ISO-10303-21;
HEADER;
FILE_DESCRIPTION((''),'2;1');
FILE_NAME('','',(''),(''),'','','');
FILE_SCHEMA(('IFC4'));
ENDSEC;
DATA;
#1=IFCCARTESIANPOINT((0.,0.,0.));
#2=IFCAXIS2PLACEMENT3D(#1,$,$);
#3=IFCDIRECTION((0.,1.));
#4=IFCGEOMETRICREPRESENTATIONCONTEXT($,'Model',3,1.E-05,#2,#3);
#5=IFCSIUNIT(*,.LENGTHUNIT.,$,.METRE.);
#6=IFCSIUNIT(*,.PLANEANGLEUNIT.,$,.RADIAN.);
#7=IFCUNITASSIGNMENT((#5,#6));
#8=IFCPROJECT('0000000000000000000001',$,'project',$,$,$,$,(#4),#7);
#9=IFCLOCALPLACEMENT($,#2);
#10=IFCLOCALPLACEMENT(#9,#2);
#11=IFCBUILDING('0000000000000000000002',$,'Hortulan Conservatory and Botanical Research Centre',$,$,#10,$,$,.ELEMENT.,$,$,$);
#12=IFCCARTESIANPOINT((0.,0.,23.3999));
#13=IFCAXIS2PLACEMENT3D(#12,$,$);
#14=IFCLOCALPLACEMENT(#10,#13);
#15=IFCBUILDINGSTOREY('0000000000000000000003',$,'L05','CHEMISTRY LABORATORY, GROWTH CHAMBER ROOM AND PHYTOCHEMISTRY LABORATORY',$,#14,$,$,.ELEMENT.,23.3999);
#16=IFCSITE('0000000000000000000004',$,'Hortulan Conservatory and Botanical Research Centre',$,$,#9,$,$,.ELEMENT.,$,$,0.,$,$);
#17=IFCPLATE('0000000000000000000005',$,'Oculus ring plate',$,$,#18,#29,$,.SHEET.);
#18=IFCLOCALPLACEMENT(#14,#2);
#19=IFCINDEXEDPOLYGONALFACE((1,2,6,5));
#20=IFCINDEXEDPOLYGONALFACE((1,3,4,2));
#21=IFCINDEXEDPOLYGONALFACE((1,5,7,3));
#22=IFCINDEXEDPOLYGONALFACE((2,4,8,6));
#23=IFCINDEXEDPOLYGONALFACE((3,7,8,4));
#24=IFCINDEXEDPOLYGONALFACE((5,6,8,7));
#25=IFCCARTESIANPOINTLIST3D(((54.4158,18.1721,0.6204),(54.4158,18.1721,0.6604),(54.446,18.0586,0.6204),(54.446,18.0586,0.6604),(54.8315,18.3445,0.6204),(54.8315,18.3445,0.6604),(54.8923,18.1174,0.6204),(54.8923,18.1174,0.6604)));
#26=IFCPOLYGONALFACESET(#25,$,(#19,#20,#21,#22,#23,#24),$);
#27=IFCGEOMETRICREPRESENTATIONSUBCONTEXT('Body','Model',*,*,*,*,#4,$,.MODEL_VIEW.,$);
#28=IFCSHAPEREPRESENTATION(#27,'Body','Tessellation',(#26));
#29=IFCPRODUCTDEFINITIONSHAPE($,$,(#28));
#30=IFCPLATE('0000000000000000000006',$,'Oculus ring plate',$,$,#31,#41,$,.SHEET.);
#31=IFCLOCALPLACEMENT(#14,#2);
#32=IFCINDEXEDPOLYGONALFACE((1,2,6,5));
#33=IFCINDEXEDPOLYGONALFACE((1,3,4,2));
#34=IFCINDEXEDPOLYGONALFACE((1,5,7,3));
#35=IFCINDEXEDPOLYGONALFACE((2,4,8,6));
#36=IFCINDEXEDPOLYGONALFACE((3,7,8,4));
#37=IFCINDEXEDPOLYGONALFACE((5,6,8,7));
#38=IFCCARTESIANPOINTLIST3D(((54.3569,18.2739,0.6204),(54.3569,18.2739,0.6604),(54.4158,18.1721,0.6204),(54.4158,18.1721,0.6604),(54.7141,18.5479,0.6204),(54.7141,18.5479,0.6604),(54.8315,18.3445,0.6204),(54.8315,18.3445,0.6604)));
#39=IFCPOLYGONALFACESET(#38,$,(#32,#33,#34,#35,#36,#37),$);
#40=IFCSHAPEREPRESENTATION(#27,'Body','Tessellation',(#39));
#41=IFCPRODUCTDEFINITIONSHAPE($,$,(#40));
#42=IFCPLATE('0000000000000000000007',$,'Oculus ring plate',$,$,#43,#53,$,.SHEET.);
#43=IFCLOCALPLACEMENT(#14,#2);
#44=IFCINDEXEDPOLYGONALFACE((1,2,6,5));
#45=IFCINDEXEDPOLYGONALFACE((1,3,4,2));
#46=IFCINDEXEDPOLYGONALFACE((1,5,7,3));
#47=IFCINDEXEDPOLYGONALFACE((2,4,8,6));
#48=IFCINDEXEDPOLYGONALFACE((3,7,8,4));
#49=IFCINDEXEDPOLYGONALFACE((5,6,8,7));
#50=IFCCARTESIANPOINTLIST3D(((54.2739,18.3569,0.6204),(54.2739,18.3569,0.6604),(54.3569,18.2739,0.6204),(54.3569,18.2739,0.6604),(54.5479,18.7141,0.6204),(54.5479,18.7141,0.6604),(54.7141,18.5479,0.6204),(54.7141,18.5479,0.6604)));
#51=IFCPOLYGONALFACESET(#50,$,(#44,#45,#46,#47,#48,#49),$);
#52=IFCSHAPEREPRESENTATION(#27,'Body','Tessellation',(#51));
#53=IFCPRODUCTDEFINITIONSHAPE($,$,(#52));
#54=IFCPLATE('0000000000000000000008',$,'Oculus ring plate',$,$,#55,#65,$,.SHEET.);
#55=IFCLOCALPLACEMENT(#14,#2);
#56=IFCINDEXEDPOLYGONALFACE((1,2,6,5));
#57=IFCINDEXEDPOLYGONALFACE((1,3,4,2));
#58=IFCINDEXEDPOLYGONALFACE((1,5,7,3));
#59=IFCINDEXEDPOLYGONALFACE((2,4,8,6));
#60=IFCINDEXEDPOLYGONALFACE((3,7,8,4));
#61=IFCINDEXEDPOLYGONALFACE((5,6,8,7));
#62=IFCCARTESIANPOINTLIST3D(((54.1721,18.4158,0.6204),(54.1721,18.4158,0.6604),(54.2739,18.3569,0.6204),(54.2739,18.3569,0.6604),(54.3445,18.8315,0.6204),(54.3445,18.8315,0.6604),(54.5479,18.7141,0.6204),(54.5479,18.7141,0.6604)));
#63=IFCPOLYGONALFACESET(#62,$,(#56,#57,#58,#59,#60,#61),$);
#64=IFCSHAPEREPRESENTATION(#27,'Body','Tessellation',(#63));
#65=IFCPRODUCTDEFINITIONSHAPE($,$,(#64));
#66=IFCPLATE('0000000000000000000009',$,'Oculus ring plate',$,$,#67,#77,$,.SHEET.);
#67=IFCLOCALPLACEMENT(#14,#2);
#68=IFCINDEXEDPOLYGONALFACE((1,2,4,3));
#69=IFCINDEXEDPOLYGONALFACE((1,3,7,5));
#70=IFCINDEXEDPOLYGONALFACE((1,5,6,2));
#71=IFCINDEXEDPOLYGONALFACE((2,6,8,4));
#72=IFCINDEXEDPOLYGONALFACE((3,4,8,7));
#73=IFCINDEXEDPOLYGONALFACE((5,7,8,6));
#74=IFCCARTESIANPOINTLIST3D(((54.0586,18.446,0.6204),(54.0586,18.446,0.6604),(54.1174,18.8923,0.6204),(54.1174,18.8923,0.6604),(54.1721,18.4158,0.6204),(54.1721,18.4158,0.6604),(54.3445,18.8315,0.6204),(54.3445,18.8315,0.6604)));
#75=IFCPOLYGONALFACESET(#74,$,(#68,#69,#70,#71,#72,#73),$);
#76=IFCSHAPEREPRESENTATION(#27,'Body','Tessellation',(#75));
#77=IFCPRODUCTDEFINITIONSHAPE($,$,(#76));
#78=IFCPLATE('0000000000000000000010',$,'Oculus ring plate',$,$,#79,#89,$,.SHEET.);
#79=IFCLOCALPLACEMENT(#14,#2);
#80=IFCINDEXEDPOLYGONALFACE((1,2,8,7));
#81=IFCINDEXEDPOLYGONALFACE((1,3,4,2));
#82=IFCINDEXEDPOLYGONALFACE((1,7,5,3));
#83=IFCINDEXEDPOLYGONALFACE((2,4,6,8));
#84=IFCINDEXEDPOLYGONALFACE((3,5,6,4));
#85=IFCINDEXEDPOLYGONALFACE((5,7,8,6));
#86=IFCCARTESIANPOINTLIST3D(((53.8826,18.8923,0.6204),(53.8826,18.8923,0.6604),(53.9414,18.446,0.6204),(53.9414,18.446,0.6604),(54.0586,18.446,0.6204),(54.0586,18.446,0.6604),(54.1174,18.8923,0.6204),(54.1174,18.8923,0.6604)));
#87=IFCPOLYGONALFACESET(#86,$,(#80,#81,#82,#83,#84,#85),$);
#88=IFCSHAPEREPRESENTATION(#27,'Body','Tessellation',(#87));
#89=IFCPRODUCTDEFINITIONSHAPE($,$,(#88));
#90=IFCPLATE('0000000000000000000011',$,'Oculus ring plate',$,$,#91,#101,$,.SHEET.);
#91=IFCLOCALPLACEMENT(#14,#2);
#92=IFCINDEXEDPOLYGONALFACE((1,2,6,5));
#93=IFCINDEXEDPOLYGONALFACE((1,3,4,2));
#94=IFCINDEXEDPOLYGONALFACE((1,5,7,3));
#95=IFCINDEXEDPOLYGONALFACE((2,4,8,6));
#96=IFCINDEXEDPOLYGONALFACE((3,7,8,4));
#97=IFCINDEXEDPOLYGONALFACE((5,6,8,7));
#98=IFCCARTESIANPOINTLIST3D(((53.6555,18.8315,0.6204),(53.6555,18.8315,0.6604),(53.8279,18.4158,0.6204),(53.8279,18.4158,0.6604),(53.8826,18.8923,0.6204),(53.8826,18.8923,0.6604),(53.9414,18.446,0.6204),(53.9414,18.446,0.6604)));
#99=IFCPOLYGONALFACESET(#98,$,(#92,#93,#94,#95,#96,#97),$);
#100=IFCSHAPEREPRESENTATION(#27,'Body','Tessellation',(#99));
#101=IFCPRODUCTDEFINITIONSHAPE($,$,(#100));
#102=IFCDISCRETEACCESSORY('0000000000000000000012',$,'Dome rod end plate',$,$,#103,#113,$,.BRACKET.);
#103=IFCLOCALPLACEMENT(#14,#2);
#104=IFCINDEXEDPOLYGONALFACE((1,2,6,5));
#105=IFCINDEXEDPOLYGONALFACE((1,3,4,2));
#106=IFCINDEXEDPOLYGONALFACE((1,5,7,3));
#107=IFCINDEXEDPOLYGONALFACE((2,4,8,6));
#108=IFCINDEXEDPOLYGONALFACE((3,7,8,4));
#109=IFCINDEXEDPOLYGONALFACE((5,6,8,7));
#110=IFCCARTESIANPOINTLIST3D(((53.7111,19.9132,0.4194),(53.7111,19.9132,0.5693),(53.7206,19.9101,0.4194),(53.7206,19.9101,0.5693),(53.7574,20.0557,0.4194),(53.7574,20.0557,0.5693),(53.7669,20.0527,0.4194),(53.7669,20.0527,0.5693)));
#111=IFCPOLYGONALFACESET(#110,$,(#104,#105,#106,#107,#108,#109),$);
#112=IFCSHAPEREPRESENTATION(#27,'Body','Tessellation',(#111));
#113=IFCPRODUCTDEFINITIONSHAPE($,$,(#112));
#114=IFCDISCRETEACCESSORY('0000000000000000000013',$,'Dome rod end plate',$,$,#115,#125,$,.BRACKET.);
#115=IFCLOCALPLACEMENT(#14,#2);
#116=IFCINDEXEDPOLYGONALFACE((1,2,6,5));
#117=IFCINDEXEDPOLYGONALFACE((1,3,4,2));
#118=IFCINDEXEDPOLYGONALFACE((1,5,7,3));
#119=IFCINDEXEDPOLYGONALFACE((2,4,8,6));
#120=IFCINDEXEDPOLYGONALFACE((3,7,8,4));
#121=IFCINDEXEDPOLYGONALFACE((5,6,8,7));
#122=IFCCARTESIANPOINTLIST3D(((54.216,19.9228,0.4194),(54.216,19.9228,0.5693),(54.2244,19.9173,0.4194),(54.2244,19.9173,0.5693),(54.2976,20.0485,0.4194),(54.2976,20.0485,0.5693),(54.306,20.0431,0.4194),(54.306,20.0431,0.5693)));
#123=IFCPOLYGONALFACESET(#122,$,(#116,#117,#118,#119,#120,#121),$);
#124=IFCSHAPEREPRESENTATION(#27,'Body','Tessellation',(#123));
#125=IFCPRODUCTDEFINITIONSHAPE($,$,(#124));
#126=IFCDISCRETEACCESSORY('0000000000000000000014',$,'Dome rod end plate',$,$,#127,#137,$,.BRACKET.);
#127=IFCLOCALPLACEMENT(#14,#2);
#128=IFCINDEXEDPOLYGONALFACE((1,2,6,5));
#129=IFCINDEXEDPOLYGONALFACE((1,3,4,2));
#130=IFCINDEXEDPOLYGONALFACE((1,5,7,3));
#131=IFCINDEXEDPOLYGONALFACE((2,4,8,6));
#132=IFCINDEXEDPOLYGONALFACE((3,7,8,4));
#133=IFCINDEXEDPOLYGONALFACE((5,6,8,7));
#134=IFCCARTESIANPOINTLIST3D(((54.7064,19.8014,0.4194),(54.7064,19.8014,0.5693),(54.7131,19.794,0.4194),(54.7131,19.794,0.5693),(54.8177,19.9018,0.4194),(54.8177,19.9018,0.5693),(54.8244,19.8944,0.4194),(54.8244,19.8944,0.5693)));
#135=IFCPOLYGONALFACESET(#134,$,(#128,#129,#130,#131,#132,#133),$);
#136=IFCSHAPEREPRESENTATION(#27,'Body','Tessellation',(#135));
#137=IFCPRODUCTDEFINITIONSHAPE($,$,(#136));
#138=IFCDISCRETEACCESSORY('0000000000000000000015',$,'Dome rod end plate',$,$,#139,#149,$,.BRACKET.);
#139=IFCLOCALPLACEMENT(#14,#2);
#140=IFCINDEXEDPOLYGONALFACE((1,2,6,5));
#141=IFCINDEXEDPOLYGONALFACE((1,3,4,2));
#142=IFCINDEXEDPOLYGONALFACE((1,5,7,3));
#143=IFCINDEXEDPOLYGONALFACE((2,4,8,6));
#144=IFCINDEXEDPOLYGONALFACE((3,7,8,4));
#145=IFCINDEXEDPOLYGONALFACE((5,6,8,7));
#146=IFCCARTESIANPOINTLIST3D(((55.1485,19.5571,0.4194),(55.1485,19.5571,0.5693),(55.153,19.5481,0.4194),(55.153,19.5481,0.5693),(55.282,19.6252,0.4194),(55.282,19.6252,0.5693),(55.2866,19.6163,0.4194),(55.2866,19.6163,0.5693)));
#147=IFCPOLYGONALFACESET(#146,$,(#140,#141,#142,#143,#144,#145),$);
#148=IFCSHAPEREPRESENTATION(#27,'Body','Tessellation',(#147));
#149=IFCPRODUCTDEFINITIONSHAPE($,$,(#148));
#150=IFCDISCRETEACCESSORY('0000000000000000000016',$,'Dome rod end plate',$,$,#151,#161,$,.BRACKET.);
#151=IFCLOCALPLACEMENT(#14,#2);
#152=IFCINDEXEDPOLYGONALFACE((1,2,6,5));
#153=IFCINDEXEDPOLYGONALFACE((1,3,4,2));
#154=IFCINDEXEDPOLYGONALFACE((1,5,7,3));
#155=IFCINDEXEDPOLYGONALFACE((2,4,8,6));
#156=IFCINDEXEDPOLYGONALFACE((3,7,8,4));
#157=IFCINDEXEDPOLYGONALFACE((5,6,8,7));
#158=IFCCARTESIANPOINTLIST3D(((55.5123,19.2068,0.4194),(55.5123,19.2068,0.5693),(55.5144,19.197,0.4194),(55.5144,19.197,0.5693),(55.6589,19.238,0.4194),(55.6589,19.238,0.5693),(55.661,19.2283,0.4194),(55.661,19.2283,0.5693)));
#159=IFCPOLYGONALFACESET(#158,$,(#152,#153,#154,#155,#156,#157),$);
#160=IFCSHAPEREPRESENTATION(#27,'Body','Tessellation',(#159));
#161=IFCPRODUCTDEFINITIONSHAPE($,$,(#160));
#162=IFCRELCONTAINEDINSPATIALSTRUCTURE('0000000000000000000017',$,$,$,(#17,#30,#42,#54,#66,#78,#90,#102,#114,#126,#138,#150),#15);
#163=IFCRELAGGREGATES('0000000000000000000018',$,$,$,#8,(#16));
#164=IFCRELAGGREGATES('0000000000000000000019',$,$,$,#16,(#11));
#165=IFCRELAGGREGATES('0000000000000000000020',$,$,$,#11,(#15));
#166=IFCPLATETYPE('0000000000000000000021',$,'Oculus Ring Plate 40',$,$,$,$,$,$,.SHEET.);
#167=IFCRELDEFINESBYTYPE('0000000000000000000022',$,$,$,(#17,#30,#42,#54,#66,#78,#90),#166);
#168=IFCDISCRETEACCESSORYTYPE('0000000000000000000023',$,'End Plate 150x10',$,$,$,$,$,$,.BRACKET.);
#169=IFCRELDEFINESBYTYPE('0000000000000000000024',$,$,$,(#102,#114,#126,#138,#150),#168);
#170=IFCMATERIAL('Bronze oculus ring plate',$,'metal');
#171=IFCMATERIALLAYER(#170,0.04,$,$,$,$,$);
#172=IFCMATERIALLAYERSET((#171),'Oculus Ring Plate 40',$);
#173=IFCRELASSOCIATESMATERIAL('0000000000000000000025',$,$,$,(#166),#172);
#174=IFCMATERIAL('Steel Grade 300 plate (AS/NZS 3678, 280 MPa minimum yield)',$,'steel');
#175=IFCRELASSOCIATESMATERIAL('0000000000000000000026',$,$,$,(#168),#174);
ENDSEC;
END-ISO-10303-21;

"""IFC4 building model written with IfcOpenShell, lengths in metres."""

from ifc_helpers import new_model, si_unit, direction, frame, origin, origin_2d, place, context, subcontext, project, spatial, polyline, rectangle, outline, extrude, material, layer, layer_set, type_object, element, save


model = new_model("IFC4")

# Units and contexts
model_context = context("Model", 3, precision=1e-05, world=origin(), true_north=direction((0.0, 1.0)))
body_context = subcontext(model_context, "Body", "Model", "MODEL_VIEW")
ifc_project = project(units=[si_unit("LENGTHUNIT", "METRE"), si_unit("PLANEANGLEUNIT", "RADIAN")], contexts=[model_context])

# Site, building, storey
site_placement = place(None, origin())
site = spatial("IfcSite", under=ifc_project, at=site_placement, Name="Hortulan Conservatory and Botanical Research Centre", CompositionType="ELEMENT", RefElevation=0.0)
building_placement = place(site_placement, origin())
building = spatial("IfcBuilding", under=site, at=building_placement, Name="Hortulan Conservatory and Botanical Research Centre", CompositionType="ELEMENT")
storey_placement = place(building_placement, frame((0.0, 0.0, 23.3999)))
storey = spatial("IfcBuildingStorey", under=building, at=storey_placement, Name="L05", Description="CHEMISTRY LABORATORY, GROWTH CHAMBER ROOM AND PHYTOCHEMISTRY LABORATORY", CompositionType="ELEMENT", Elevation=23.3999)

# Plates
ifc_material_1 = material(Name="Bronze oculus ring plate", Category="metal")
ifc_layer_1 = layer(ifc_material_1, 0.04)
ifc_layer_set_1 = layer_set([ifc_layer_1], Name="Oculus Ring Plate 40")
plate_type_1 = type_object("IfcPlateType", Name="Oculus Ring Plate 40", PredefinedType="SHEET", material=ifc_layer_set_1)
plate_1_placement = place(storey_placement, frame((54.8923, 18.1174, 0.6604), z_axis=(0.0, 0.0, 1.0), x_axis=(-0.258632, 0.965976, 0.0)))
element("IfcPlate", 1, at=plate_1_placement, inside=storey, type_object=plate_type_1, Name="Oculus ring plate", PredefinedType="SHEET", context=body_context, shape_type="SweptSolid", body=[
    extrude(outline(polyline([(0.0, 0.0), (0.235, 0.0), (0.1761, 0.4462), (0.0586, 0.4463), (0.0, 0.0)])), origin(), (0.0, 0.0, -1.0), 0.04),
])
plate_2_placement = place(storey_placement, frame((54.8315, 18.3445, 0.6604), z_axis=(0.0, 0.0, 1.0), x_axis=(-0.500052, 0.865995, 0.0)))
element("IfcPlate", 2, at=plate_2_placement, inside=storey, type_object=plate_type_1, Name="Oculus ring plate", PredefinedType="SHEET", context=body_context, shape_type="SweptSolid", body=[
    extrude(outline(polyline([(0.0, 0.0), (0.2348, 0.0), (0.1762, 0.4463), (0.0586, 0.4462), (0.0, 0.0)])), origin(), (0.0, 0.0, -1.0), 0.04),
])
plate_3_placement = place(storey_placement, frame((54.7141, 18.5479, 0.6604), z_axis=(0.0, 0.0, 1.0), x_axis=(-0.707107, 0.707107, 0.0)))
element("IfcPlate", 3, at=plate_3_placement, inside=storey, type_object=plate_type_1, Name="Oculus ring plate", PredefinedType="SHEET", context=body_context, shape_type="SweptSolid", body=[
    extrude(outline(polyline([(0.0, 0.0), (0.2351, 0.0), (0.1763, 0.4463), (0.0589, 0.4463), (0.0, 0.0)])), origin(), (0.0, 0.0, -1.0), 0.04),
])
plate_4_placement = place(storey_placement, frame((54.5479, 18.7141, 0.6604), z_axis=(0.0, 0.0, 1.0), x_axis=(-0.865995, 0.500052, 0.0)))
element("IfcPlate", 4, at=plate_4_placement, inside=storey, type_object=plate_type_1, Name="Oculus ring plate", PredefinedType="SHEET", context=body_context, shape_type="SweptSolid", body=[
    extrude(outline(polyline([(0.0, 0.0), (0.2348, 0.0), (0.1762, 0.4462), (0.0586, 0.4463), (0.0, 0.0)])), origin(), (0.0, 0.0, -1.0), 0.04),
])
plate_5_placement = place(storey_placement, frame((54.3445, 18.8315, 0.6604), z_axis=(0.0, 0.0, 1.0), x_axis=(-0.965976, 0.258632, 0.0)))
element("IfcPlate", 5, at=plate_5_placement, inside=storey, type_object=plate_type_1, Name="Oculus ring plate", PredefinedType="SHEET", context=body_context, shape_type="SweptSolid", body=[
    extrude(outline(polyline([(0.0, 0.0), (0.235, 0.0), (0.1765, 0.4463), (0.059, 0.4462), (0.0, 0.0)])), origin(), (0.0, 0.0, -1.0), 0.04),
])
plate_6_placement = place(storey_placement, frame((54.1174, 18.8923, 0.6604), z_axis=(0.0, 0.0, 1.0), x_axis=(-1.0, 0.0, 0.0)))
element("IfcPlate", 6, at=plate_6_placement, inside=storey, type_object=plate_type_1, Name="Oculus ring plate", PredefinedType="SHEET", context=body_context, shape_type="SweptSolid", body=[
    extrude(outline(polyline([(0.0, 0.0), (0.2349, 0.0), (0.176, 0.4463), (0.0588, 0.4463), (0.0, 0.0)])), origin(), (0.0, 0.0, -1.0), 0.04),
])
plate_7_placement = place(storey_placement, frame((53.8826, 18.8923, 0.6604), z_axis=(0.0, 0.0, 1.0), x_axis=(-0.965976, -0.258632, 0.0)))
element("IfcPlate", 7, at=plate_7_placement, inside=storey, type_object=plate_type_1, Name="Oculus ring plate", PredefinedType="SHEET", context=body_context, shape_type="SweptSolid", body=[
    extrude(outline(polyline([(0.0, 0.0), (0.235, 0.0), (0.1761, 0.4462), (0.0586, 0.4463), (0.0, 0.0)])), origin(), (0.0, 0.0, -1.0), 0.04),
])

# Discrete accessories
ifc_material_2 = material(Name="Steel Grade 300 plate (AS/NZS 3678, 280 MPa minimum yield)", Category="steel")
discrete_accessory_type = type_object("IfcDiscreteAccessoryType", Name="End Plate 150x10", PredefinedType="BRACKET", material=ifc_material_2)
for number, where, z_axis, x_axis, name in (
    (8, (53.739, 19.9829, 0.4194), (0.0, 0.0, 1.0), (0.308536, 0.951213, 0.0), "Dome rod end plate"),
    (9, (54.261, 19.9829, 0.4194), (0.0, 0.0, 1.0), (0.544185, 0.838965, 0.0), "Dome rod end plate"),
    (10, (54.7654, 19.8479, 0.4194), (0.0, 0.0, 1.0), (0.742806, 0.669507, 0.0), "Dome rod end plate"),
    (11, (55.2175, 19.5867, 0.4194), (0.0, 0.0, 1.0), (0.890761, 0.454473, 0.0), "Dome rod end plate"),
    (12, (55.5867, 19.2175, 0.4194), (0.0, 0.0, 1.0), (0.978039, 0.208424, 0.0), "Dome rod end plate"),
):
    element("IfcDiscreteAccessory", number, at=place(storey_placement, frame(where, z_axis=z_axis, x_axis=x_axis)), inside=storey, type_object=discrete_accessory_type, Name=name, PredefinedType="BRACKET", context=body_context, shape_type="SweptSolid", body=[
        extrude(rectangle(XDim=0.1499, YDim=0.01, at=origin_2d()), origin(), (0.0, 0.0, 1.0), 0.1499),
    ])

save(model, "model.ifc")
